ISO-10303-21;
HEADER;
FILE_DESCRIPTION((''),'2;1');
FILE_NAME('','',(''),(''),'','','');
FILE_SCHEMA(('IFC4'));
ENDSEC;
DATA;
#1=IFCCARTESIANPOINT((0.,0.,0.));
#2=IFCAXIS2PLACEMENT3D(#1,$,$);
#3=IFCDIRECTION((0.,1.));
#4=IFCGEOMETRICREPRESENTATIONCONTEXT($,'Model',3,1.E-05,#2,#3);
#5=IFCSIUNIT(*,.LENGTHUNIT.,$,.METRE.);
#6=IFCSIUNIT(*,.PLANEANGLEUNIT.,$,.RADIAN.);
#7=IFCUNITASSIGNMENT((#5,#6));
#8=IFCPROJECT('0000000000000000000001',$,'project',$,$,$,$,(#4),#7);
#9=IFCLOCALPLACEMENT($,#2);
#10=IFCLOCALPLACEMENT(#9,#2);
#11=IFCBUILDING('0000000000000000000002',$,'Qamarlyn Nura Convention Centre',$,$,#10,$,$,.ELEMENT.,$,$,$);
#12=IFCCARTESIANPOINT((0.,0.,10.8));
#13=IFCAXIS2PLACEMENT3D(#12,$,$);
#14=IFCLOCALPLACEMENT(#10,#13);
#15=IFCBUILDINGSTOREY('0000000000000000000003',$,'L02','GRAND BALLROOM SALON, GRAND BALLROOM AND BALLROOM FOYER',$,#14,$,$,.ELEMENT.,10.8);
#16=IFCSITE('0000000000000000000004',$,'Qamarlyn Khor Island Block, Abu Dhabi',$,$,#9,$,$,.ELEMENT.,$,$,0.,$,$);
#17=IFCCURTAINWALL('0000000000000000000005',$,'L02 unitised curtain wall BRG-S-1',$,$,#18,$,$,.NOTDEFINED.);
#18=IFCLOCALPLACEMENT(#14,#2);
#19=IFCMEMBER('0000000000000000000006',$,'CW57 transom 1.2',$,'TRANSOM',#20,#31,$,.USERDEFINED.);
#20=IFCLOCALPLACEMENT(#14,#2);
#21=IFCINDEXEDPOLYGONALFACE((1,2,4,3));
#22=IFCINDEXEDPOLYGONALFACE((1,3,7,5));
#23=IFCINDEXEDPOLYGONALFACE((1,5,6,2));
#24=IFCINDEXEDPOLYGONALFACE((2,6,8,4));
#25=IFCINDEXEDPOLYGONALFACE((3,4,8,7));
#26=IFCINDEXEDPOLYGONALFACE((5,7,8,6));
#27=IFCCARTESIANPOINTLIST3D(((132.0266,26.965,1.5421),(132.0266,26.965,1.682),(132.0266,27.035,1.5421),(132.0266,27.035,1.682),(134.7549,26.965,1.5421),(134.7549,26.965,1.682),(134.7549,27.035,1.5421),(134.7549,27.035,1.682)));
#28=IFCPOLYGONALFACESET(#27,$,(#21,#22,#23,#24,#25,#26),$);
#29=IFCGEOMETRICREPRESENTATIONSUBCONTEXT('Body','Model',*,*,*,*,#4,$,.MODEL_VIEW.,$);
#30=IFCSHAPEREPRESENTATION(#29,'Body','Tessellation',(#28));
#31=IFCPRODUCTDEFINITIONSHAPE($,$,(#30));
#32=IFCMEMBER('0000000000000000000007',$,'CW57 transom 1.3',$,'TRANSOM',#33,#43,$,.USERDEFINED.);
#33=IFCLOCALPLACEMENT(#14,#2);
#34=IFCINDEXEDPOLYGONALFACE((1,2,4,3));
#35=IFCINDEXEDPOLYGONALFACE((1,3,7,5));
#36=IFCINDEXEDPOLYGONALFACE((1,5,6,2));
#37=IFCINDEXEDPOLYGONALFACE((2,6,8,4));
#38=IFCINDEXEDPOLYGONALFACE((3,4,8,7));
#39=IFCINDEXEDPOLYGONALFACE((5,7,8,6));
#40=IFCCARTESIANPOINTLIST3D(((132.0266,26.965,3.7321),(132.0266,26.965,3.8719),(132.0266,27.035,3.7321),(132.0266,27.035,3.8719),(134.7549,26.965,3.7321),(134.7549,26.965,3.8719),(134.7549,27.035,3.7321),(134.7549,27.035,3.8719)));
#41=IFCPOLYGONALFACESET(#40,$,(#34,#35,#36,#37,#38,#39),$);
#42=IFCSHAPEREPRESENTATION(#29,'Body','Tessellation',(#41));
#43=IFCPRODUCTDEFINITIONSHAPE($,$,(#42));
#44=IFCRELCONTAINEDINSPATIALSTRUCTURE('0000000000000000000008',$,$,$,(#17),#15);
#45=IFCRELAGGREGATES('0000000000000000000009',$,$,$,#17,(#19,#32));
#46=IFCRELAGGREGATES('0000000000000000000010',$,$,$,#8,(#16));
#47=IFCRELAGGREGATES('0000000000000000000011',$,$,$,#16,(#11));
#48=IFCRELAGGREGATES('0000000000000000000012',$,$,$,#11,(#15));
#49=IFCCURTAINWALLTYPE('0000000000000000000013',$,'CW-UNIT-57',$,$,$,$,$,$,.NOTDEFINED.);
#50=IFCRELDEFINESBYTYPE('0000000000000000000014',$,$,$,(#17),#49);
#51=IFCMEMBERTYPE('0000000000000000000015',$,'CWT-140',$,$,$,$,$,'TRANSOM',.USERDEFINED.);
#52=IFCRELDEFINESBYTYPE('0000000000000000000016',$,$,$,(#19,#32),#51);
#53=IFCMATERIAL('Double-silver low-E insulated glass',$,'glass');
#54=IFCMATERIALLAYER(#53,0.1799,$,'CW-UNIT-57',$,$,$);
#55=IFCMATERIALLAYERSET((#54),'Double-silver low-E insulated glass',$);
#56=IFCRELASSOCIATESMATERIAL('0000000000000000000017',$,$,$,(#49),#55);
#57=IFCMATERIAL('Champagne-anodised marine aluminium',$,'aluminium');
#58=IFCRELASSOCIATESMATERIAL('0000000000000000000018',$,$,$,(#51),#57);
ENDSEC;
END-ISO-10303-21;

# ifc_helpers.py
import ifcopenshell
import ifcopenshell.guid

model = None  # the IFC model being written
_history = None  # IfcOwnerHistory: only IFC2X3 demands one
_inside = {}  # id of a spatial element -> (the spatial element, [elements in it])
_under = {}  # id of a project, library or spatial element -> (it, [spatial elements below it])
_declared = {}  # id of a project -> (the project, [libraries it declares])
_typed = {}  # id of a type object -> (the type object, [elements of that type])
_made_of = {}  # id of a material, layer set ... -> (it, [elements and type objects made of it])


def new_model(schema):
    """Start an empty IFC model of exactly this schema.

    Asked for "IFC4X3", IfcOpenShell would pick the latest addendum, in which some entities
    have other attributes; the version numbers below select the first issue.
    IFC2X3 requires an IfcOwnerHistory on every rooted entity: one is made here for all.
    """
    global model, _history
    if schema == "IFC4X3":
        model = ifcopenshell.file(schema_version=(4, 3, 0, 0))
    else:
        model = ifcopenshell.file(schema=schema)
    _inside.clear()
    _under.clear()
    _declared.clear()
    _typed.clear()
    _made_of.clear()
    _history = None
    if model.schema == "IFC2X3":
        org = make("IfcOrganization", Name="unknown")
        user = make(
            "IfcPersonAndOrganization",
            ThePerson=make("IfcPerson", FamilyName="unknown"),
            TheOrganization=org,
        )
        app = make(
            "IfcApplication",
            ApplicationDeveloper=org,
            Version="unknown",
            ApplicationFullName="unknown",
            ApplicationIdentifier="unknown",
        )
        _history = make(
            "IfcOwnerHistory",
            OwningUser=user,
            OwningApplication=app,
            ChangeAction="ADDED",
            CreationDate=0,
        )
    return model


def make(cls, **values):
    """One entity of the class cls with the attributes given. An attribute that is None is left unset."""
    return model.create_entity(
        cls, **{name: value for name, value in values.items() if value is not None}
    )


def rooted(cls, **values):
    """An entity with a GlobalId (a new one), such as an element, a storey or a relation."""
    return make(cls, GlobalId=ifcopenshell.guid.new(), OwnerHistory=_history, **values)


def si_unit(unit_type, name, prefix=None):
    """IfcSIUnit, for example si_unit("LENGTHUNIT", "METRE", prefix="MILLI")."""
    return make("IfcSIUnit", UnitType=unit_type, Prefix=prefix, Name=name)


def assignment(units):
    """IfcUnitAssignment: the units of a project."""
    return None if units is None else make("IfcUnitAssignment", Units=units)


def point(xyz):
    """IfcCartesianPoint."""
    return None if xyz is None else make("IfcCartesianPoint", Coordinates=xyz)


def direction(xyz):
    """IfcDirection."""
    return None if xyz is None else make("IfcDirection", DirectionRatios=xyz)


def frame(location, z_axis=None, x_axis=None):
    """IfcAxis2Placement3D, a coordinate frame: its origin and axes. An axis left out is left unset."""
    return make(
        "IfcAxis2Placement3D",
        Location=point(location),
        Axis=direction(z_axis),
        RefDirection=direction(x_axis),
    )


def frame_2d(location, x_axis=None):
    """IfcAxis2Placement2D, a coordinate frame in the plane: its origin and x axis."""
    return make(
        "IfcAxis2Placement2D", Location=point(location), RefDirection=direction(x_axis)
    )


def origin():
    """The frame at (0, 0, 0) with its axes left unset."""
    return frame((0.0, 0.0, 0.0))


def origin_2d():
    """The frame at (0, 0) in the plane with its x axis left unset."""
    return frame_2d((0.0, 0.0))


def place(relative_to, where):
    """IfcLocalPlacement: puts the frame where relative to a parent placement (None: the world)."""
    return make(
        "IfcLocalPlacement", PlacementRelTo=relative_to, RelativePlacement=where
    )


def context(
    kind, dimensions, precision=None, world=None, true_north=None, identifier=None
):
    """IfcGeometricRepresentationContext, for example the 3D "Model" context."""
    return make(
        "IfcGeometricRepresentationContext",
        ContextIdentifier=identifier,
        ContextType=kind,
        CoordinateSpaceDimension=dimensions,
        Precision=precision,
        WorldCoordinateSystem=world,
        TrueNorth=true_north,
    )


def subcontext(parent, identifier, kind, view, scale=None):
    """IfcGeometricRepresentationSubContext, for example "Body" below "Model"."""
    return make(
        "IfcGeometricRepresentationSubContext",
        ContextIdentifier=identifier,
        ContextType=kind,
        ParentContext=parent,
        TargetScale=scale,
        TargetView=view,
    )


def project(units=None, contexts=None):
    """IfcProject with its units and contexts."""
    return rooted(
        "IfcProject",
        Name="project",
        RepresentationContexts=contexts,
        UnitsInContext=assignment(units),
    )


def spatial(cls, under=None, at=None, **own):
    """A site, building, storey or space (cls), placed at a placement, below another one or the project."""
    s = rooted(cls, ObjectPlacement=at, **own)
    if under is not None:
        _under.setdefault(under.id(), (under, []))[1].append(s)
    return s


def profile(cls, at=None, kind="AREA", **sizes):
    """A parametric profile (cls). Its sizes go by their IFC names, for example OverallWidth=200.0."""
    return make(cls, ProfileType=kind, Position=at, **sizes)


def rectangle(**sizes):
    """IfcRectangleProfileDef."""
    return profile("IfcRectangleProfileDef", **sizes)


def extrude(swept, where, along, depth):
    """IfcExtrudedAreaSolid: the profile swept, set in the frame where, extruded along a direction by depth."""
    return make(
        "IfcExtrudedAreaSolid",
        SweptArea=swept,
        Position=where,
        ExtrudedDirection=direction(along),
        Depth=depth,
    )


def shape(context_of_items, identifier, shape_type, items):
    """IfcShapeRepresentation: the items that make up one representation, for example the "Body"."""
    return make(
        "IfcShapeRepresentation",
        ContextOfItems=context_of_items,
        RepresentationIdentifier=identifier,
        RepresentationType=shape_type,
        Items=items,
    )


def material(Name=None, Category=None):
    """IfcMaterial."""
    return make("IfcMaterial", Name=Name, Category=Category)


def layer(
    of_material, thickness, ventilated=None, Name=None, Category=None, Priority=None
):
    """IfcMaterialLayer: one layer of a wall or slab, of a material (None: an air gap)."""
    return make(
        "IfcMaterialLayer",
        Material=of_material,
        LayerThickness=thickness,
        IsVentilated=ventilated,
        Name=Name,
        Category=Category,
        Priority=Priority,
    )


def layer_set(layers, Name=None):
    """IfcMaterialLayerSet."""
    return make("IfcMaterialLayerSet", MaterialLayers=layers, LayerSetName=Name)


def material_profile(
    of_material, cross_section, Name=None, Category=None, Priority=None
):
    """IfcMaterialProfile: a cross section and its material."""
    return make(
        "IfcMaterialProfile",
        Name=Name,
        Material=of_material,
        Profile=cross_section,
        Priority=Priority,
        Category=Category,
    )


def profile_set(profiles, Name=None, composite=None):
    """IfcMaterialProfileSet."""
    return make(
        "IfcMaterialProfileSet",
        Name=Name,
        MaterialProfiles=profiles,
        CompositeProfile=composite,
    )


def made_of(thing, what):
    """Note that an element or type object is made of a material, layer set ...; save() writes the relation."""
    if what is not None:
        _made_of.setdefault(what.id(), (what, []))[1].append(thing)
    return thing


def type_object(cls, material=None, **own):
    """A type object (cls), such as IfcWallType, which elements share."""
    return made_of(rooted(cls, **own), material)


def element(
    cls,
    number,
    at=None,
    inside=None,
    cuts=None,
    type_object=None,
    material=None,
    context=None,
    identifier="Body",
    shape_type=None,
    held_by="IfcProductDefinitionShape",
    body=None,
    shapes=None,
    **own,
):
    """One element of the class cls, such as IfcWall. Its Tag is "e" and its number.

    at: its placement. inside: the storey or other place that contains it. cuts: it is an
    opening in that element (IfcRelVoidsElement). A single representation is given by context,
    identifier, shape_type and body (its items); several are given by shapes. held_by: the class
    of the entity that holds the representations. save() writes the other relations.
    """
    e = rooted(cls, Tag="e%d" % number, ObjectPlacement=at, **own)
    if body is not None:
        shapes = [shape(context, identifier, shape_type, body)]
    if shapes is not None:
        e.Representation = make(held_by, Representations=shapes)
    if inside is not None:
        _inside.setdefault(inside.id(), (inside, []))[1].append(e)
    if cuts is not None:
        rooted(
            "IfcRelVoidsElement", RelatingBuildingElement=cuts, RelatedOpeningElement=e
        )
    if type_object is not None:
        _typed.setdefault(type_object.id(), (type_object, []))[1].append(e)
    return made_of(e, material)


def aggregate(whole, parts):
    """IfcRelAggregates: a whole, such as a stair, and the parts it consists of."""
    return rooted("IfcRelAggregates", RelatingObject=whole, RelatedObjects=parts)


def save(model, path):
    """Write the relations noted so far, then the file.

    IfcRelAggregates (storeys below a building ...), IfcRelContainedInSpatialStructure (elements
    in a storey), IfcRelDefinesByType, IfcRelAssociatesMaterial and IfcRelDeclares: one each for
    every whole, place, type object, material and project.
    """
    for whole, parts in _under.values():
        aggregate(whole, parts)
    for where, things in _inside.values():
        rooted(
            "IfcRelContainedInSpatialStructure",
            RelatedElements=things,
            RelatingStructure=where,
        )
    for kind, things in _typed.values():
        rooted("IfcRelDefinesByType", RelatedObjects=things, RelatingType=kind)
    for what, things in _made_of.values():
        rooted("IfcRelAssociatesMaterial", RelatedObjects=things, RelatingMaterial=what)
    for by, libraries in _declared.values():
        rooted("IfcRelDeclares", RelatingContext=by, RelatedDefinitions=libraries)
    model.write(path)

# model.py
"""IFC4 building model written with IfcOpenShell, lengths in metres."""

from ifc_helpers import new_model, si_unit, direction, frame, origin, origin_2d, place, context, subcontext, project, spatial, rectangle, extrude, material, layer, layer_set, material_profile, profile_set, type_object, element, aggregate, save


model = new_model("IFC4")

# Units and contexts
model_context = context("Model", 3, precision=1e-05, world=origin(), true_north=direction((0.0, 1.0)))
body_context = subcontext(model_context, "Body", "Model", "MODEL_VIEW")
ifc_project = project(units=[si_unit("LENGTHUNIT", "METRE"), si_unit("PLANEANGLEUNIT", "RADIAN")], contexts=[model_context])

# Site, building, storey
site_placement = place(None, origin())
site = spatial("IfcSite", under=ifc_project, at=site_placement, Name="Qamarlyn Khor Island Block, Abu Dhabi", CompositionType="ELEMENT", RefElevation=0.0)
building_placement = place(site_placement, origin())
building = spatial("IfcBuilding", under=site, at=building_placement, Name="Qamarlyn Nura Convention Centre", CompositionType="ELEMENT")
storey_placement = place(building_placement, frame((0.0, 0.0, 10.8)))
storey = spatial("IfcBuildingStorey", under=building, at=storey_placement, Name="L02", Description="GRAND BALLROOM SALON, GRAND BALLROOM AND BALLROOM FOYER", CompositionType="ELEMENT", Elevation=10.8)

# Curtain wall, members
ifc_material_1 = material(Name="Double-silver low-E insulated glass", Category="glass")
ifc_layer = layer(ifc_material_1, 0.1799, Name="CW-UNIT-57")
ifc_layer_set = layer_set([ifc_layer], Name="Double-silver low-E insulated glass")
curtain_wall_type = type_object("IfcCurtainWallType", Name="CW-UNIT-57", PredefinedType="NOTDEFINED", material=ifc_layer_set)
curtain_wall_placement = place(storey_placement, origin())
curtain_wall = element("IfcCurtainWall", 1, at=curtain_wall_placement, inside=storey, type_object=curtain_wall_type, Name="L02 unitised curtain wall BRG-S-1", PredefinedType="NOTDEFINED")
ifc_material_2 = material(Name="Champagne-anodised marine aluminium", Category="aluminium")
ifc_material_profile_1 = material_profile(ifc_material_2, rectangle(XDim=0.0701, YDim=0.1399, at=origin_2d()), Name="ALU TRANSOM 70x140")
ifc_profile_set_1 = profile_set([ifc_material_profile_1], Name="Champagne-anodised marine aluminium")
member_type_1 = type_object("IfcMemberType", Name="CWT-140", ElementType="TRANSOM", PredefinedType="USERDEFINED", material=ifc_profile_set_1)
member_1_placement = place(storey_placement, frame((134.7549, 27.0, 1.6121), z_axis=(-1.0, 0.0, 0.0), x_axis=(0.0, -1.0, 0.0)))
member_1 = element("IfcMember", 2, at=member_1_placement, type_object=member_type_1, Name="CW57 transom 1.2", ObjectType="TRANSOM", PredefinedType="USERDEFINED", context=body_context, shape_type="SweptSolid", body=[
    extrude(rectangle(XDim=0.0701, YDim=0.1399, at=origin_2d()), origin(), (0.0, 0.0, 1.0), 2.7283),
])
member_2_placement = place(storey_placement, frame((134.7549, 27.0, 3.802), z_axis=(-1.0, 0.0, 0.0), x_axis=(0.0, -1.0, 0.0)))
member_2 = element("IfcMember", 3, at=member_2_placement, type_object=member_type_1, Name="CW57 transom 1.3", ObjectType="TRANSOM", PredefinedType="USERDEFINED", context=body_context, shape_type="SweptSolid", body=[
    extrude(rectangle(XDim=0.0701, YDim=0.1399, at=origin_2d()), origin(), (0.0, 0.0, 1.0), 2.7283),
])
aggregate(curtain_wall, [member_1, member_2])

save(model, "model.ifc")
